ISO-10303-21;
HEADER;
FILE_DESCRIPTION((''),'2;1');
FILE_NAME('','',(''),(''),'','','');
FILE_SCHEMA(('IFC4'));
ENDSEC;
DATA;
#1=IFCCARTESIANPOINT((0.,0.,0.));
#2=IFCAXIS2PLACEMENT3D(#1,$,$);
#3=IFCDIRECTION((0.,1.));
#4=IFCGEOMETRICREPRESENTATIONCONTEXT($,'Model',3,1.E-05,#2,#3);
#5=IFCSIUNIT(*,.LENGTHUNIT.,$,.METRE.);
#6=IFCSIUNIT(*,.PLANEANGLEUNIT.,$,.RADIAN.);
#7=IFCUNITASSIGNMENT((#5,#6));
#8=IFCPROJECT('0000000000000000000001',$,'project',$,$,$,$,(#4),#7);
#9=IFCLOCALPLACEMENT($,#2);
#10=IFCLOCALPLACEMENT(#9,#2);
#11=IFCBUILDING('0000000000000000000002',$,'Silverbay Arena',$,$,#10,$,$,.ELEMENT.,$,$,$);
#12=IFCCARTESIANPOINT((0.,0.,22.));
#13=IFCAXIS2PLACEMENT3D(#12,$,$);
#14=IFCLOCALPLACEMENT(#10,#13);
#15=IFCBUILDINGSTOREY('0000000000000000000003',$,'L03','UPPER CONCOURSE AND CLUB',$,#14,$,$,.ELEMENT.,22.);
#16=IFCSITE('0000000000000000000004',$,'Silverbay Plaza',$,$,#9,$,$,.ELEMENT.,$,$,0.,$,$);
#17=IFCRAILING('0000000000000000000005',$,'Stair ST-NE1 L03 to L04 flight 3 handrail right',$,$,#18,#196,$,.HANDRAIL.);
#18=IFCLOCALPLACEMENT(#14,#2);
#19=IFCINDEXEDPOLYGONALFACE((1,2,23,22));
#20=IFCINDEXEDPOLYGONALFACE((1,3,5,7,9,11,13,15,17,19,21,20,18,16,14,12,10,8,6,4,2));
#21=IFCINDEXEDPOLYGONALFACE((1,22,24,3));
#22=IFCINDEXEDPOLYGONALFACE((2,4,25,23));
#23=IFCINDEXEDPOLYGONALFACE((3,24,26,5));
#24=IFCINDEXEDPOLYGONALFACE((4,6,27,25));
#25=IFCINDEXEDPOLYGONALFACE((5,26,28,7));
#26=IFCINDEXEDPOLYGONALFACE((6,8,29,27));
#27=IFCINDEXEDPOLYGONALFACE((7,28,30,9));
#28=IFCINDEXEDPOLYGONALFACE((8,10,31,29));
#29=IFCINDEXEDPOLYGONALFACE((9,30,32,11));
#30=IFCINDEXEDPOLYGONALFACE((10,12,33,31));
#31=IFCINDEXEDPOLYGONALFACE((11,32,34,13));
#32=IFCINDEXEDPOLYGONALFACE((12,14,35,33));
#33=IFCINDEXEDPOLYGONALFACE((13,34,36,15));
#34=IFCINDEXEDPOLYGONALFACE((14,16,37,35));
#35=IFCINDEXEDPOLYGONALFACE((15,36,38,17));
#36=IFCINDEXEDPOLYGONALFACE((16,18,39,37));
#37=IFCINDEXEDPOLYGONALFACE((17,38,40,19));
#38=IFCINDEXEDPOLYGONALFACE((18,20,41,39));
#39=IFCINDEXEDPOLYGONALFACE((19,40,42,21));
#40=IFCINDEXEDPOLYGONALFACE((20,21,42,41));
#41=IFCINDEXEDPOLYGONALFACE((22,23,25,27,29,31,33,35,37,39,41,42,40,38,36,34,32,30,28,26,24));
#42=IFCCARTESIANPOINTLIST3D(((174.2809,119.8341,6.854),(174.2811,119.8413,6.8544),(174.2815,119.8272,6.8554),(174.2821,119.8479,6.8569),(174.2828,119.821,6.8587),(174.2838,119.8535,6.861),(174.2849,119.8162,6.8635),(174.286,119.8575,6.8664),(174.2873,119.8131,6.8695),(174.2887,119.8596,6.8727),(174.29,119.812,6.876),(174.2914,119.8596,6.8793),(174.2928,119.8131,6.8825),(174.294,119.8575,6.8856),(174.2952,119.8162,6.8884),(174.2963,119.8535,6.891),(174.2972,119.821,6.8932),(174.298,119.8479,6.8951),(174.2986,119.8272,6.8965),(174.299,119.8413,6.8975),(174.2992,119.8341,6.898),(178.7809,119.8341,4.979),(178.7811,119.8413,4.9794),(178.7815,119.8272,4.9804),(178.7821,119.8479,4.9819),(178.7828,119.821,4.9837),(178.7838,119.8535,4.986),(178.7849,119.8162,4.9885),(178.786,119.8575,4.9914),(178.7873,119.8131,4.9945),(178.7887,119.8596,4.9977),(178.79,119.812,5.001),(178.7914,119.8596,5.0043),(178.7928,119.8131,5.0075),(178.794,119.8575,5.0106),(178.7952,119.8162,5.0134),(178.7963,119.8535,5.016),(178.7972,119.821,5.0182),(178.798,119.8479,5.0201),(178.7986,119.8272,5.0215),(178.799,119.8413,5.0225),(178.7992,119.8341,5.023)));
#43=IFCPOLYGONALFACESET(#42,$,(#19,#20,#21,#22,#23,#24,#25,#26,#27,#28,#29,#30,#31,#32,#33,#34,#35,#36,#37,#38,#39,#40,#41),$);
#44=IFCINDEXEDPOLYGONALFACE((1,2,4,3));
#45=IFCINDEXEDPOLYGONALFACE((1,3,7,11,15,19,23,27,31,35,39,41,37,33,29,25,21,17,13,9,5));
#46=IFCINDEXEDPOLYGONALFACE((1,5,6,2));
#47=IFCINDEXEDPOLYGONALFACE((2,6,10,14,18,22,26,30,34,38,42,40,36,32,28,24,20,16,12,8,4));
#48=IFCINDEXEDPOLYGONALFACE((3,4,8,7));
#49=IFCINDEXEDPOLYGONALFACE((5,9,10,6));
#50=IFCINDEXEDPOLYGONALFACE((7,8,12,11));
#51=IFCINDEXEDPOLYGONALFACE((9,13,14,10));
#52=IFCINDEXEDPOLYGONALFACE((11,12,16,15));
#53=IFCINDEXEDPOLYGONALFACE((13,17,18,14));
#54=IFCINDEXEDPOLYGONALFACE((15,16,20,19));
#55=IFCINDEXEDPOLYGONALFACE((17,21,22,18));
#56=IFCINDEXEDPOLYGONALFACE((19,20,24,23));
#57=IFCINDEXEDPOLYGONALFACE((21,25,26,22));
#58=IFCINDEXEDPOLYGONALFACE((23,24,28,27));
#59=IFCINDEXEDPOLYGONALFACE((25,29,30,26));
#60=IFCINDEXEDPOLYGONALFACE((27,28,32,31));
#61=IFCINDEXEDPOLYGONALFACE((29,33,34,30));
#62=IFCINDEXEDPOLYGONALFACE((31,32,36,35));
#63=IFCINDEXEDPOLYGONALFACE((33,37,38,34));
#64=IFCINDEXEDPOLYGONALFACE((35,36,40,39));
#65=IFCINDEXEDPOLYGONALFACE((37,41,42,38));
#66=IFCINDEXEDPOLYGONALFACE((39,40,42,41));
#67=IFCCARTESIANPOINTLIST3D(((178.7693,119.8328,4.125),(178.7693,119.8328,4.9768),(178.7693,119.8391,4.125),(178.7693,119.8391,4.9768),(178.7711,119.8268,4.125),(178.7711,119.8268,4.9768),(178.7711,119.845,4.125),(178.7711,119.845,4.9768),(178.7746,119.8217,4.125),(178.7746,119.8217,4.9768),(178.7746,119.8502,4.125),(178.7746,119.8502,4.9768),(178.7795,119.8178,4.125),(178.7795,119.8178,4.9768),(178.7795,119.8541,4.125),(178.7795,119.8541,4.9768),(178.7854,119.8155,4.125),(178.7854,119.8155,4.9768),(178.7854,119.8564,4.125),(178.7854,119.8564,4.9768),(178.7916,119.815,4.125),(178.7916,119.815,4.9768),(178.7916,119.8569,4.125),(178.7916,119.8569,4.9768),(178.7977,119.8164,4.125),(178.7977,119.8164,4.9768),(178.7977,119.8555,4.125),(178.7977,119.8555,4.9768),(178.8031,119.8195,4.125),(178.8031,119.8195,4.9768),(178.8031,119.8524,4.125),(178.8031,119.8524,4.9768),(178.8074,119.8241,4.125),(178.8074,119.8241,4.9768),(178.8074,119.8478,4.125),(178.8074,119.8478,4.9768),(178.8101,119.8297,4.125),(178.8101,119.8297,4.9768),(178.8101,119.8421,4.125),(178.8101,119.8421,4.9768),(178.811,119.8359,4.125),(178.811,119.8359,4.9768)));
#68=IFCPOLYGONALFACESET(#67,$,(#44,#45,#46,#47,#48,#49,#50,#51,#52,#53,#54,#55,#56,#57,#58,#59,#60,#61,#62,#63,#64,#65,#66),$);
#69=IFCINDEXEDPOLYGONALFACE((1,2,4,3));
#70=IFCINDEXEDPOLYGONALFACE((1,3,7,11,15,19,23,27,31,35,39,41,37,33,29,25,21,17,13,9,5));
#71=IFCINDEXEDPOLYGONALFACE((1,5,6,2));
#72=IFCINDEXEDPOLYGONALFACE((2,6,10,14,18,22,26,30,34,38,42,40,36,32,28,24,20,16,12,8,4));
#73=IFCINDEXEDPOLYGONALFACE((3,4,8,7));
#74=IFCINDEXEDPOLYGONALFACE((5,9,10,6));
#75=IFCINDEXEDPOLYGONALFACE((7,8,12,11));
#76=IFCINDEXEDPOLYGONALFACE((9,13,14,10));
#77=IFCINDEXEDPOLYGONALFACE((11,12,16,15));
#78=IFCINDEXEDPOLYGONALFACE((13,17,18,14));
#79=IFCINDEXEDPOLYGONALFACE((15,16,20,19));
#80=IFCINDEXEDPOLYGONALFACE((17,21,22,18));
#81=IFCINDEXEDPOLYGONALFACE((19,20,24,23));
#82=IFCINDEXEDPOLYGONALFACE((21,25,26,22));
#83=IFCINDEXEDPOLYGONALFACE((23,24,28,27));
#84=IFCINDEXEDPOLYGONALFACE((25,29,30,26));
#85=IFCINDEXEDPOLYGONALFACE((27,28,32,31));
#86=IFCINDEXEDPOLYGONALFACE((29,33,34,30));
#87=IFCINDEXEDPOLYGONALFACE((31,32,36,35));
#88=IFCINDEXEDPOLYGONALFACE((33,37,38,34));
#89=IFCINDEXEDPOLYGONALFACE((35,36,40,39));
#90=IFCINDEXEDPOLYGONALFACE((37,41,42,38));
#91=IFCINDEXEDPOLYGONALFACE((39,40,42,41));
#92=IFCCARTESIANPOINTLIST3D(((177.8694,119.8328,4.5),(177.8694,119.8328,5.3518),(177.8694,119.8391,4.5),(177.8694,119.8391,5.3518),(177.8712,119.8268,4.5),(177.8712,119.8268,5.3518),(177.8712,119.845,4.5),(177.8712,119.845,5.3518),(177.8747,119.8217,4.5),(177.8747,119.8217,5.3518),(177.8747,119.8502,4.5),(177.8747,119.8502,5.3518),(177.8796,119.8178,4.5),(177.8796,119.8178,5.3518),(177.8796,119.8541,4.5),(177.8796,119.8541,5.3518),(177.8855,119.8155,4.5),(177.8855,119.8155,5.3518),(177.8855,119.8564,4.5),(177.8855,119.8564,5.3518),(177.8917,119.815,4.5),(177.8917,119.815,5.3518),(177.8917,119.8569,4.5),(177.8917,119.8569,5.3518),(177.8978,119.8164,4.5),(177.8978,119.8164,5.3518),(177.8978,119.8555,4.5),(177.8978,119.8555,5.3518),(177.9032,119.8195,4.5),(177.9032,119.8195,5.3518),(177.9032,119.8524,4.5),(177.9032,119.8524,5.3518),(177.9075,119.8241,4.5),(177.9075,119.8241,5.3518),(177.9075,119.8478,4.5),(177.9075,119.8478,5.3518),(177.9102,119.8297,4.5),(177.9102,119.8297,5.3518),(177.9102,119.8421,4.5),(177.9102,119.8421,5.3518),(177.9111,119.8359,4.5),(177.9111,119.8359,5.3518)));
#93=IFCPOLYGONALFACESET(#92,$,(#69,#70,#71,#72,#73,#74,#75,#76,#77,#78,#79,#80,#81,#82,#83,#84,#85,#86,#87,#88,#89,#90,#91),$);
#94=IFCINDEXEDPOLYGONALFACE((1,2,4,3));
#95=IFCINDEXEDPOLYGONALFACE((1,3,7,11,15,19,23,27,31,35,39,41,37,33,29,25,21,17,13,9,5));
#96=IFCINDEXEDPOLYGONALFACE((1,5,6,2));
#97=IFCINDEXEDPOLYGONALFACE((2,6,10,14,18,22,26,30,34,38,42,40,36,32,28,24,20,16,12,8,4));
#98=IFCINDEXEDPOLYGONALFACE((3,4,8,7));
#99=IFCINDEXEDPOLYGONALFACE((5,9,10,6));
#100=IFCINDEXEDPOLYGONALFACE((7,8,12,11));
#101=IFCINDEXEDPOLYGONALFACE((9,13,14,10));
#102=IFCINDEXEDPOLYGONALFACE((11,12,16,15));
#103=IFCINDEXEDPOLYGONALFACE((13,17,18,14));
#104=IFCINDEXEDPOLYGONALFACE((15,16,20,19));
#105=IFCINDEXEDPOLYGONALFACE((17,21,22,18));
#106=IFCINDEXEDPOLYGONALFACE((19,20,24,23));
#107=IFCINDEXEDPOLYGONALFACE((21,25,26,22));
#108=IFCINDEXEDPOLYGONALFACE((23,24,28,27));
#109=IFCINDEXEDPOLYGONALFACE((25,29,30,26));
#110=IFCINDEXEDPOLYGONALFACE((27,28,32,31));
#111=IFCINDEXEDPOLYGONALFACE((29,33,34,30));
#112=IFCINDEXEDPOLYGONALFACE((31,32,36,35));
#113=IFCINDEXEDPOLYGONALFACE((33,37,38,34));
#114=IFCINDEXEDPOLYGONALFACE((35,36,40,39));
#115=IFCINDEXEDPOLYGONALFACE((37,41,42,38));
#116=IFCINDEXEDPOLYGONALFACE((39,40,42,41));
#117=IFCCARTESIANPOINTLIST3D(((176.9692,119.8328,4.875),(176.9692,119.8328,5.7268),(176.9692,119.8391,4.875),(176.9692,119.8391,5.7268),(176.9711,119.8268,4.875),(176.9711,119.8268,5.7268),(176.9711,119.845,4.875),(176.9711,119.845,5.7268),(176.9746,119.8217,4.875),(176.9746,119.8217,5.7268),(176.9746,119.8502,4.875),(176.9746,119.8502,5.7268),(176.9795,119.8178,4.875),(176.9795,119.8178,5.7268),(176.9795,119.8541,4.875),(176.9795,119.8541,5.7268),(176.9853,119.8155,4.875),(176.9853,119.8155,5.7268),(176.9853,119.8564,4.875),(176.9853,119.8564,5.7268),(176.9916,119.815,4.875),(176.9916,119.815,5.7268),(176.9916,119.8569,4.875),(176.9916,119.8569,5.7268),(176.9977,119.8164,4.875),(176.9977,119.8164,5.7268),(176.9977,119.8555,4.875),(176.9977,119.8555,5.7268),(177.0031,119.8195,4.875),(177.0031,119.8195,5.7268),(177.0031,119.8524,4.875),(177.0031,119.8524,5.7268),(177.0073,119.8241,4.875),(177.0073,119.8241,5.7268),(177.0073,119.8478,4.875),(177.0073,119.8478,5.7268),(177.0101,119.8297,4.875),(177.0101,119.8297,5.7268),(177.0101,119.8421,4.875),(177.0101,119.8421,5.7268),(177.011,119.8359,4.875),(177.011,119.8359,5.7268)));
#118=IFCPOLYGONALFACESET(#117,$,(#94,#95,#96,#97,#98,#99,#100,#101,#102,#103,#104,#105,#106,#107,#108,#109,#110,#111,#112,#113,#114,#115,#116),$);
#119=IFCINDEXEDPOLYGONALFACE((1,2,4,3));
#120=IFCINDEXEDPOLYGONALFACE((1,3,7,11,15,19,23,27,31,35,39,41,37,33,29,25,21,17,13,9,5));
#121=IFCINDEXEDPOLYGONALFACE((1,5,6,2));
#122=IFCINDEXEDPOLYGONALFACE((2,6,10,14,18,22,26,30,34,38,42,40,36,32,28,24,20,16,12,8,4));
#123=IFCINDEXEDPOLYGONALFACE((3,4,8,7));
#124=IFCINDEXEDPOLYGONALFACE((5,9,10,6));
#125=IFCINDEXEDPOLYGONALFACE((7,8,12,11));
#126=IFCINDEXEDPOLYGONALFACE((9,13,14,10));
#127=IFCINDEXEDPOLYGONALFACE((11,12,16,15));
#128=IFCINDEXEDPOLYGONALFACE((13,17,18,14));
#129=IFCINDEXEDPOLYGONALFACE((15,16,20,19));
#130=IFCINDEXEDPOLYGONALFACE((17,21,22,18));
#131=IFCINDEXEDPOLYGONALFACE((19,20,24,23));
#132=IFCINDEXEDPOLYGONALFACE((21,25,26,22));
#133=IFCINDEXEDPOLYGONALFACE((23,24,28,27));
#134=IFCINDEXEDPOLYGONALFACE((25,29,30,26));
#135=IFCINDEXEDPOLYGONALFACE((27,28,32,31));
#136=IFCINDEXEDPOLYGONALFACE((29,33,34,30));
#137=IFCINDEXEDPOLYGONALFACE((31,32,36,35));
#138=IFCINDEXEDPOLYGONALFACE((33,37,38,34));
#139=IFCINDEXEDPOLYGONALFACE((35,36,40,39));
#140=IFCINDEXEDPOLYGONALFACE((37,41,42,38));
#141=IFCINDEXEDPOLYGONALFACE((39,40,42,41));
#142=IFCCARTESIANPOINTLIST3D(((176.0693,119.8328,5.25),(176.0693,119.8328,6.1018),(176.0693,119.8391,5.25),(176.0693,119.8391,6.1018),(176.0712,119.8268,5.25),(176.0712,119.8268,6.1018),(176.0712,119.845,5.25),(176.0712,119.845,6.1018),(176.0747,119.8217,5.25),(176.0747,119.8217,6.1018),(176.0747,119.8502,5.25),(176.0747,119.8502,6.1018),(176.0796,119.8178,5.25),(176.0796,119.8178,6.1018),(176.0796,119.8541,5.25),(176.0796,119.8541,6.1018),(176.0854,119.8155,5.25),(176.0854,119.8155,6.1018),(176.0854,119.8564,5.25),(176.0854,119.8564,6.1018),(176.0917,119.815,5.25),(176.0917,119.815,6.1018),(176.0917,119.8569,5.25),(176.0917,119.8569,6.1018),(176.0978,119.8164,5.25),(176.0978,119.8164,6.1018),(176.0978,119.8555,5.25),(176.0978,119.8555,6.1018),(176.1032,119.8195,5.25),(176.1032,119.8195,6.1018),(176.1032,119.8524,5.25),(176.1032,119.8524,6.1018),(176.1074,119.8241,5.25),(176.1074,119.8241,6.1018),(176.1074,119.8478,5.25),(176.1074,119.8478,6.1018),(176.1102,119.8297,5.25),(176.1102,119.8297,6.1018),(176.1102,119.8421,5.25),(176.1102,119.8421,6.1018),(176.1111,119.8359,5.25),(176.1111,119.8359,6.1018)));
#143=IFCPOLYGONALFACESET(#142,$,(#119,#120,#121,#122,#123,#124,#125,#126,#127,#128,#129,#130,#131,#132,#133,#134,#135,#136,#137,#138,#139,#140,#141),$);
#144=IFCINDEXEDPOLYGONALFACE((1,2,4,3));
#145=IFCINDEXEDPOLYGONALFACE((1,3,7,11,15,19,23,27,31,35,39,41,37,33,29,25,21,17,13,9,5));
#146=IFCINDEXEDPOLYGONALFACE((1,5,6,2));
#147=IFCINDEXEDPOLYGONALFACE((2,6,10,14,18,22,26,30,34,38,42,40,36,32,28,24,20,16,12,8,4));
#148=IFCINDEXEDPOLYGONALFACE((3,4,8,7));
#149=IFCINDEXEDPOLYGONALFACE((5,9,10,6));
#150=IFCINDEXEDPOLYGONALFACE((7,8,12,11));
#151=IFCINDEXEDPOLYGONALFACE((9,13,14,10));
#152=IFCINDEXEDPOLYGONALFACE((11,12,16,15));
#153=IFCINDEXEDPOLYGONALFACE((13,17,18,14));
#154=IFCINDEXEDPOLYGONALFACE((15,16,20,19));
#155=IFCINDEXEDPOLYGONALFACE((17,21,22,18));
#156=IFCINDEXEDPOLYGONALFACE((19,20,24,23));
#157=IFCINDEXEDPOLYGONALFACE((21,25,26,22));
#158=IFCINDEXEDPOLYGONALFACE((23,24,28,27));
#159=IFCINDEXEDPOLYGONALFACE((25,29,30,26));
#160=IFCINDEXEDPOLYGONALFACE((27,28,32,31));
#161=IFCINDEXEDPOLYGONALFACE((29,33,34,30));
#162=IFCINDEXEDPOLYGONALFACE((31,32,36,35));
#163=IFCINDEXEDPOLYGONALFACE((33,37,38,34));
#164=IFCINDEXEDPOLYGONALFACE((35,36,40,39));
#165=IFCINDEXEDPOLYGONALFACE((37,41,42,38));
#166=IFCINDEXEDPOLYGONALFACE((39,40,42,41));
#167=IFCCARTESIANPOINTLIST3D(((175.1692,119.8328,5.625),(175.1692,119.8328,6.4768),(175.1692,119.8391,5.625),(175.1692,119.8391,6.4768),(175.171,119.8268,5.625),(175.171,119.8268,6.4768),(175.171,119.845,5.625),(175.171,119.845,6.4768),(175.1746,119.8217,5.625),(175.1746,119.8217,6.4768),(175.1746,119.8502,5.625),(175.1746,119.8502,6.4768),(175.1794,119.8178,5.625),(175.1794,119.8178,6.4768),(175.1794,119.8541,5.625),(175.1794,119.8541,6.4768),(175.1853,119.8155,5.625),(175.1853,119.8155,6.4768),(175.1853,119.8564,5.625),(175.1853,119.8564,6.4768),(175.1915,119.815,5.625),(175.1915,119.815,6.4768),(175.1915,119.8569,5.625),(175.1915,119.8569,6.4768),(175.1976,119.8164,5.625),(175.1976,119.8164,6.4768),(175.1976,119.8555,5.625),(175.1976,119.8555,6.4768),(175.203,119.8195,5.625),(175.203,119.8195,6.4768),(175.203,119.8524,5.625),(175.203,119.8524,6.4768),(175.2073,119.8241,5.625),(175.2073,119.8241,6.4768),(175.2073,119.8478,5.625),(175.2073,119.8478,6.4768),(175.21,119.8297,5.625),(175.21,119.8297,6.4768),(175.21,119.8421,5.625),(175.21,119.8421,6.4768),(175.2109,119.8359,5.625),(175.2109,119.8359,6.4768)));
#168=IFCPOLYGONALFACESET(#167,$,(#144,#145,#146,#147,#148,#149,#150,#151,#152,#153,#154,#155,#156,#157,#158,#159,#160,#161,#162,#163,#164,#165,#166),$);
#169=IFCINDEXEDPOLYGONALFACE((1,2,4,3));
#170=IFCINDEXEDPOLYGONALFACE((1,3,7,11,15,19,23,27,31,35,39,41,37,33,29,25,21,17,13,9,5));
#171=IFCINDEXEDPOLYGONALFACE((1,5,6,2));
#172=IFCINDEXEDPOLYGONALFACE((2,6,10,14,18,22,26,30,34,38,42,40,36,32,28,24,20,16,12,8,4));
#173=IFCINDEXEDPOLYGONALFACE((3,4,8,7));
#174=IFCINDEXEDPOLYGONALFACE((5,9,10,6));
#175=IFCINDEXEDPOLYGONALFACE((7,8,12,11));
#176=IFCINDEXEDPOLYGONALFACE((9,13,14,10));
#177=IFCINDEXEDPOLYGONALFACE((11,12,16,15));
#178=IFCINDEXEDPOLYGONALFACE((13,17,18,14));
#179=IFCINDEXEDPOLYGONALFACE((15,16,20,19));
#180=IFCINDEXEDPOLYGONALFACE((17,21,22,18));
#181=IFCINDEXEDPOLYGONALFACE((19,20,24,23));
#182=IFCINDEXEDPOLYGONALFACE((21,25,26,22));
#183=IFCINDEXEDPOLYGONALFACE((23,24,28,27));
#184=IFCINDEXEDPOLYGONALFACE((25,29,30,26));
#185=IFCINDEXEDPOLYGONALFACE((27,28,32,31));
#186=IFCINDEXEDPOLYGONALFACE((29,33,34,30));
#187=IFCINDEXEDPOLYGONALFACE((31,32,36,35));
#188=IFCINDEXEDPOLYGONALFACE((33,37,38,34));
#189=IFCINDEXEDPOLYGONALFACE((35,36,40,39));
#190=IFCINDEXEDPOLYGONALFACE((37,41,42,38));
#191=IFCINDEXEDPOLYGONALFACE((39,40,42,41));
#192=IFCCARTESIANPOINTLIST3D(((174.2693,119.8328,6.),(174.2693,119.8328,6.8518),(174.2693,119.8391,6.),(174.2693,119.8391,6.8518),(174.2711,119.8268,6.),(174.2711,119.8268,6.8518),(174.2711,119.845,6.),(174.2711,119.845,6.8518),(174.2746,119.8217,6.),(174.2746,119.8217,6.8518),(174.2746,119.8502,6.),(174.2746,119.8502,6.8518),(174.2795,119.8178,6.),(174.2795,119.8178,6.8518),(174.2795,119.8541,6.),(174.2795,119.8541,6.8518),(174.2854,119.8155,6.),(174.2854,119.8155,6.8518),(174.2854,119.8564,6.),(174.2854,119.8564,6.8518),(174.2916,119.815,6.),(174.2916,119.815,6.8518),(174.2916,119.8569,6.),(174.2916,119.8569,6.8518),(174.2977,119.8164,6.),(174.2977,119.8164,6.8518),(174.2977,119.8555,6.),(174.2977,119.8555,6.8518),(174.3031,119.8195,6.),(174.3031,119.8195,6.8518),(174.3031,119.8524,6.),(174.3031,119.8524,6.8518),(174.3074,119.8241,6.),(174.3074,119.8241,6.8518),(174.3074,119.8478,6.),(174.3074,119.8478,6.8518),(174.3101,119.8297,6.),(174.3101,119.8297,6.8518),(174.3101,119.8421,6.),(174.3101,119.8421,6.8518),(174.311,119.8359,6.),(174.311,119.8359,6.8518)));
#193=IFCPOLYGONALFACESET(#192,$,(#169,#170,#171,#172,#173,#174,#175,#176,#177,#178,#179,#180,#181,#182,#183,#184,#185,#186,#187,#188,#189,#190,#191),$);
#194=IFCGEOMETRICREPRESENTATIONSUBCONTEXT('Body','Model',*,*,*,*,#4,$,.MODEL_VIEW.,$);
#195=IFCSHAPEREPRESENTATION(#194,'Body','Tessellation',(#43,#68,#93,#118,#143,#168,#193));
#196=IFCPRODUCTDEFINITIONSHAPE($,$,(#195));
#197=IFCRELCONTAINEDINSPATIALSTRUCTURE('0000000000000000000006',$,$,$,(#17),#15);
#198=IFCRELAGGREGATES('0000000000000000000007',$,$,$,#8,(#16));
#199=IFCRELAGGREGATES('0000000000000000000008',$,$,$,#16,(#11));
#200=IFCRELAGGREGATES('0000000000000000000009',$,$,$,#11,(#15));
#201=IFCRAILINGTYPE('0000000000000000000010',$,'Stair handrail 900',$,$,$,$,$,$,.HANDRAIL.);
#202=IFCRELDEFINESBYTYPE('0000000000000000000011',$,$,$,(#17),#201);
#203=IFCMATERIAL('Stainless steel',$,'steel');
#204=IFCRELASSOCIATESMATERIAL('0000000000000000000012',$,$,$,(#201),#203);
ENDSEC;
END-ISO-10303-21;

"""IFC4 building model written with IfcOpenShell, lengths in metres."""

from ifc_helpers import new_model, si_unit, direction, frame, origin, origin_2d, place, context, subcontext, project, spatial, circle, extrude, material, type_object, element, save


model = new_model("IFC4")

# Units and contexts
model_context = context("Model", 3, precision=1e-05, world=origin(), true_north=direction((0.0, 1.0)))
body_context = subcontext(model_context, "Body", "Model", "MODEL_VIEW")
ifc_project = project(units=[si_unit("LENGTHUNIT", "METRE"), si_unit("PLANEANGLEUNIT", "RADIAN")], contexts=[model_context])

# Site, building, storey
site_placement = place(None, origin())
site = spatial("IfcSite", under=ifc_project, at=site_placement, Name="Silverbay Plaza", CompositionType="ELEMENT", RefElevation=0.0)
building_placement = place(site_placement, origin())
building = spatial("IfcBuilding", under=site, at=building_placement, Name="Silverbay Arena", CompositionType="ELEMENT")
storey_placement = place(building_placement, frame((0.0, 0.0, 22.0)))
storey = spatial("IfcBuildingStorey", under=building, at=storey_placement, Name="L03", Description="UPPER CONCOURSE AND CLUB", CompositionType="ELEMENT", Elevation=22.0)

# Railing
ifc_material_1 = material(Name="Stainless steel", Category="steel")
railing_type_1 = type_object("IfcRailingType", Name="Stair handrail 900", PredefinedType="HANDRAIL", material=ifc_material_1)
railing_1_placement = place(storey_placement, frame((178.79, 119.8359, 4.125)))
element("IfcRailing", 1, at=railing_1_placement, inside=storey, type_object=railing_type_1, Name="Stair ST-NE1 L03 to L04 flight 3 handrail right", PredefinedType="HANDRAIL", context=body_context, shape_type="SweptSolid", body=[
    extrude(circle(Radius=0.0239, at=origin_2d()), frame((0.0, 0.0, 0.876), z_axis=(-0.923077, 0.0, 0.384615), x_axis=(0.0, -1.0, 0.0)), (0.0, 0.0, 1.0), 4.875),
    extrude(circle(Radius=0.021, at=origin_2d()), origin(), (0.0, 0.0, 1.0), 0.8518),
    extrude(circle(Radius=0.021, at=origin_2d()), frame((-0.8999, 0.0, 0.375)), (0.0, 0.0, 1.0), 0.8518),
    extrude(circle(Radius=0.021, at=origin_2d()), frame((-1.8, 0.0, 0.75)), (0.0, 0.0, 1.0), 0.8518),
    extrude(circle(Radius=0.021, at=origin_2d()), frame((-2.7, 0.0, 1.125)), (0.0, 0.0, 1.0), 0.8518),
    extrude(circle(Radius=0.021, at=origin_2d()), frame((-3.6001, 0.0, 1.5)), (0.0, 0.0, 1.0), 0.8518),
    extrude(circle(Radius=0.021, at=origin_2d()), frame((-4.5, 0.0, 1.875)), (0.0, 0.0, 1.0), 0.8518),
])

save(model, "model.ifc")
